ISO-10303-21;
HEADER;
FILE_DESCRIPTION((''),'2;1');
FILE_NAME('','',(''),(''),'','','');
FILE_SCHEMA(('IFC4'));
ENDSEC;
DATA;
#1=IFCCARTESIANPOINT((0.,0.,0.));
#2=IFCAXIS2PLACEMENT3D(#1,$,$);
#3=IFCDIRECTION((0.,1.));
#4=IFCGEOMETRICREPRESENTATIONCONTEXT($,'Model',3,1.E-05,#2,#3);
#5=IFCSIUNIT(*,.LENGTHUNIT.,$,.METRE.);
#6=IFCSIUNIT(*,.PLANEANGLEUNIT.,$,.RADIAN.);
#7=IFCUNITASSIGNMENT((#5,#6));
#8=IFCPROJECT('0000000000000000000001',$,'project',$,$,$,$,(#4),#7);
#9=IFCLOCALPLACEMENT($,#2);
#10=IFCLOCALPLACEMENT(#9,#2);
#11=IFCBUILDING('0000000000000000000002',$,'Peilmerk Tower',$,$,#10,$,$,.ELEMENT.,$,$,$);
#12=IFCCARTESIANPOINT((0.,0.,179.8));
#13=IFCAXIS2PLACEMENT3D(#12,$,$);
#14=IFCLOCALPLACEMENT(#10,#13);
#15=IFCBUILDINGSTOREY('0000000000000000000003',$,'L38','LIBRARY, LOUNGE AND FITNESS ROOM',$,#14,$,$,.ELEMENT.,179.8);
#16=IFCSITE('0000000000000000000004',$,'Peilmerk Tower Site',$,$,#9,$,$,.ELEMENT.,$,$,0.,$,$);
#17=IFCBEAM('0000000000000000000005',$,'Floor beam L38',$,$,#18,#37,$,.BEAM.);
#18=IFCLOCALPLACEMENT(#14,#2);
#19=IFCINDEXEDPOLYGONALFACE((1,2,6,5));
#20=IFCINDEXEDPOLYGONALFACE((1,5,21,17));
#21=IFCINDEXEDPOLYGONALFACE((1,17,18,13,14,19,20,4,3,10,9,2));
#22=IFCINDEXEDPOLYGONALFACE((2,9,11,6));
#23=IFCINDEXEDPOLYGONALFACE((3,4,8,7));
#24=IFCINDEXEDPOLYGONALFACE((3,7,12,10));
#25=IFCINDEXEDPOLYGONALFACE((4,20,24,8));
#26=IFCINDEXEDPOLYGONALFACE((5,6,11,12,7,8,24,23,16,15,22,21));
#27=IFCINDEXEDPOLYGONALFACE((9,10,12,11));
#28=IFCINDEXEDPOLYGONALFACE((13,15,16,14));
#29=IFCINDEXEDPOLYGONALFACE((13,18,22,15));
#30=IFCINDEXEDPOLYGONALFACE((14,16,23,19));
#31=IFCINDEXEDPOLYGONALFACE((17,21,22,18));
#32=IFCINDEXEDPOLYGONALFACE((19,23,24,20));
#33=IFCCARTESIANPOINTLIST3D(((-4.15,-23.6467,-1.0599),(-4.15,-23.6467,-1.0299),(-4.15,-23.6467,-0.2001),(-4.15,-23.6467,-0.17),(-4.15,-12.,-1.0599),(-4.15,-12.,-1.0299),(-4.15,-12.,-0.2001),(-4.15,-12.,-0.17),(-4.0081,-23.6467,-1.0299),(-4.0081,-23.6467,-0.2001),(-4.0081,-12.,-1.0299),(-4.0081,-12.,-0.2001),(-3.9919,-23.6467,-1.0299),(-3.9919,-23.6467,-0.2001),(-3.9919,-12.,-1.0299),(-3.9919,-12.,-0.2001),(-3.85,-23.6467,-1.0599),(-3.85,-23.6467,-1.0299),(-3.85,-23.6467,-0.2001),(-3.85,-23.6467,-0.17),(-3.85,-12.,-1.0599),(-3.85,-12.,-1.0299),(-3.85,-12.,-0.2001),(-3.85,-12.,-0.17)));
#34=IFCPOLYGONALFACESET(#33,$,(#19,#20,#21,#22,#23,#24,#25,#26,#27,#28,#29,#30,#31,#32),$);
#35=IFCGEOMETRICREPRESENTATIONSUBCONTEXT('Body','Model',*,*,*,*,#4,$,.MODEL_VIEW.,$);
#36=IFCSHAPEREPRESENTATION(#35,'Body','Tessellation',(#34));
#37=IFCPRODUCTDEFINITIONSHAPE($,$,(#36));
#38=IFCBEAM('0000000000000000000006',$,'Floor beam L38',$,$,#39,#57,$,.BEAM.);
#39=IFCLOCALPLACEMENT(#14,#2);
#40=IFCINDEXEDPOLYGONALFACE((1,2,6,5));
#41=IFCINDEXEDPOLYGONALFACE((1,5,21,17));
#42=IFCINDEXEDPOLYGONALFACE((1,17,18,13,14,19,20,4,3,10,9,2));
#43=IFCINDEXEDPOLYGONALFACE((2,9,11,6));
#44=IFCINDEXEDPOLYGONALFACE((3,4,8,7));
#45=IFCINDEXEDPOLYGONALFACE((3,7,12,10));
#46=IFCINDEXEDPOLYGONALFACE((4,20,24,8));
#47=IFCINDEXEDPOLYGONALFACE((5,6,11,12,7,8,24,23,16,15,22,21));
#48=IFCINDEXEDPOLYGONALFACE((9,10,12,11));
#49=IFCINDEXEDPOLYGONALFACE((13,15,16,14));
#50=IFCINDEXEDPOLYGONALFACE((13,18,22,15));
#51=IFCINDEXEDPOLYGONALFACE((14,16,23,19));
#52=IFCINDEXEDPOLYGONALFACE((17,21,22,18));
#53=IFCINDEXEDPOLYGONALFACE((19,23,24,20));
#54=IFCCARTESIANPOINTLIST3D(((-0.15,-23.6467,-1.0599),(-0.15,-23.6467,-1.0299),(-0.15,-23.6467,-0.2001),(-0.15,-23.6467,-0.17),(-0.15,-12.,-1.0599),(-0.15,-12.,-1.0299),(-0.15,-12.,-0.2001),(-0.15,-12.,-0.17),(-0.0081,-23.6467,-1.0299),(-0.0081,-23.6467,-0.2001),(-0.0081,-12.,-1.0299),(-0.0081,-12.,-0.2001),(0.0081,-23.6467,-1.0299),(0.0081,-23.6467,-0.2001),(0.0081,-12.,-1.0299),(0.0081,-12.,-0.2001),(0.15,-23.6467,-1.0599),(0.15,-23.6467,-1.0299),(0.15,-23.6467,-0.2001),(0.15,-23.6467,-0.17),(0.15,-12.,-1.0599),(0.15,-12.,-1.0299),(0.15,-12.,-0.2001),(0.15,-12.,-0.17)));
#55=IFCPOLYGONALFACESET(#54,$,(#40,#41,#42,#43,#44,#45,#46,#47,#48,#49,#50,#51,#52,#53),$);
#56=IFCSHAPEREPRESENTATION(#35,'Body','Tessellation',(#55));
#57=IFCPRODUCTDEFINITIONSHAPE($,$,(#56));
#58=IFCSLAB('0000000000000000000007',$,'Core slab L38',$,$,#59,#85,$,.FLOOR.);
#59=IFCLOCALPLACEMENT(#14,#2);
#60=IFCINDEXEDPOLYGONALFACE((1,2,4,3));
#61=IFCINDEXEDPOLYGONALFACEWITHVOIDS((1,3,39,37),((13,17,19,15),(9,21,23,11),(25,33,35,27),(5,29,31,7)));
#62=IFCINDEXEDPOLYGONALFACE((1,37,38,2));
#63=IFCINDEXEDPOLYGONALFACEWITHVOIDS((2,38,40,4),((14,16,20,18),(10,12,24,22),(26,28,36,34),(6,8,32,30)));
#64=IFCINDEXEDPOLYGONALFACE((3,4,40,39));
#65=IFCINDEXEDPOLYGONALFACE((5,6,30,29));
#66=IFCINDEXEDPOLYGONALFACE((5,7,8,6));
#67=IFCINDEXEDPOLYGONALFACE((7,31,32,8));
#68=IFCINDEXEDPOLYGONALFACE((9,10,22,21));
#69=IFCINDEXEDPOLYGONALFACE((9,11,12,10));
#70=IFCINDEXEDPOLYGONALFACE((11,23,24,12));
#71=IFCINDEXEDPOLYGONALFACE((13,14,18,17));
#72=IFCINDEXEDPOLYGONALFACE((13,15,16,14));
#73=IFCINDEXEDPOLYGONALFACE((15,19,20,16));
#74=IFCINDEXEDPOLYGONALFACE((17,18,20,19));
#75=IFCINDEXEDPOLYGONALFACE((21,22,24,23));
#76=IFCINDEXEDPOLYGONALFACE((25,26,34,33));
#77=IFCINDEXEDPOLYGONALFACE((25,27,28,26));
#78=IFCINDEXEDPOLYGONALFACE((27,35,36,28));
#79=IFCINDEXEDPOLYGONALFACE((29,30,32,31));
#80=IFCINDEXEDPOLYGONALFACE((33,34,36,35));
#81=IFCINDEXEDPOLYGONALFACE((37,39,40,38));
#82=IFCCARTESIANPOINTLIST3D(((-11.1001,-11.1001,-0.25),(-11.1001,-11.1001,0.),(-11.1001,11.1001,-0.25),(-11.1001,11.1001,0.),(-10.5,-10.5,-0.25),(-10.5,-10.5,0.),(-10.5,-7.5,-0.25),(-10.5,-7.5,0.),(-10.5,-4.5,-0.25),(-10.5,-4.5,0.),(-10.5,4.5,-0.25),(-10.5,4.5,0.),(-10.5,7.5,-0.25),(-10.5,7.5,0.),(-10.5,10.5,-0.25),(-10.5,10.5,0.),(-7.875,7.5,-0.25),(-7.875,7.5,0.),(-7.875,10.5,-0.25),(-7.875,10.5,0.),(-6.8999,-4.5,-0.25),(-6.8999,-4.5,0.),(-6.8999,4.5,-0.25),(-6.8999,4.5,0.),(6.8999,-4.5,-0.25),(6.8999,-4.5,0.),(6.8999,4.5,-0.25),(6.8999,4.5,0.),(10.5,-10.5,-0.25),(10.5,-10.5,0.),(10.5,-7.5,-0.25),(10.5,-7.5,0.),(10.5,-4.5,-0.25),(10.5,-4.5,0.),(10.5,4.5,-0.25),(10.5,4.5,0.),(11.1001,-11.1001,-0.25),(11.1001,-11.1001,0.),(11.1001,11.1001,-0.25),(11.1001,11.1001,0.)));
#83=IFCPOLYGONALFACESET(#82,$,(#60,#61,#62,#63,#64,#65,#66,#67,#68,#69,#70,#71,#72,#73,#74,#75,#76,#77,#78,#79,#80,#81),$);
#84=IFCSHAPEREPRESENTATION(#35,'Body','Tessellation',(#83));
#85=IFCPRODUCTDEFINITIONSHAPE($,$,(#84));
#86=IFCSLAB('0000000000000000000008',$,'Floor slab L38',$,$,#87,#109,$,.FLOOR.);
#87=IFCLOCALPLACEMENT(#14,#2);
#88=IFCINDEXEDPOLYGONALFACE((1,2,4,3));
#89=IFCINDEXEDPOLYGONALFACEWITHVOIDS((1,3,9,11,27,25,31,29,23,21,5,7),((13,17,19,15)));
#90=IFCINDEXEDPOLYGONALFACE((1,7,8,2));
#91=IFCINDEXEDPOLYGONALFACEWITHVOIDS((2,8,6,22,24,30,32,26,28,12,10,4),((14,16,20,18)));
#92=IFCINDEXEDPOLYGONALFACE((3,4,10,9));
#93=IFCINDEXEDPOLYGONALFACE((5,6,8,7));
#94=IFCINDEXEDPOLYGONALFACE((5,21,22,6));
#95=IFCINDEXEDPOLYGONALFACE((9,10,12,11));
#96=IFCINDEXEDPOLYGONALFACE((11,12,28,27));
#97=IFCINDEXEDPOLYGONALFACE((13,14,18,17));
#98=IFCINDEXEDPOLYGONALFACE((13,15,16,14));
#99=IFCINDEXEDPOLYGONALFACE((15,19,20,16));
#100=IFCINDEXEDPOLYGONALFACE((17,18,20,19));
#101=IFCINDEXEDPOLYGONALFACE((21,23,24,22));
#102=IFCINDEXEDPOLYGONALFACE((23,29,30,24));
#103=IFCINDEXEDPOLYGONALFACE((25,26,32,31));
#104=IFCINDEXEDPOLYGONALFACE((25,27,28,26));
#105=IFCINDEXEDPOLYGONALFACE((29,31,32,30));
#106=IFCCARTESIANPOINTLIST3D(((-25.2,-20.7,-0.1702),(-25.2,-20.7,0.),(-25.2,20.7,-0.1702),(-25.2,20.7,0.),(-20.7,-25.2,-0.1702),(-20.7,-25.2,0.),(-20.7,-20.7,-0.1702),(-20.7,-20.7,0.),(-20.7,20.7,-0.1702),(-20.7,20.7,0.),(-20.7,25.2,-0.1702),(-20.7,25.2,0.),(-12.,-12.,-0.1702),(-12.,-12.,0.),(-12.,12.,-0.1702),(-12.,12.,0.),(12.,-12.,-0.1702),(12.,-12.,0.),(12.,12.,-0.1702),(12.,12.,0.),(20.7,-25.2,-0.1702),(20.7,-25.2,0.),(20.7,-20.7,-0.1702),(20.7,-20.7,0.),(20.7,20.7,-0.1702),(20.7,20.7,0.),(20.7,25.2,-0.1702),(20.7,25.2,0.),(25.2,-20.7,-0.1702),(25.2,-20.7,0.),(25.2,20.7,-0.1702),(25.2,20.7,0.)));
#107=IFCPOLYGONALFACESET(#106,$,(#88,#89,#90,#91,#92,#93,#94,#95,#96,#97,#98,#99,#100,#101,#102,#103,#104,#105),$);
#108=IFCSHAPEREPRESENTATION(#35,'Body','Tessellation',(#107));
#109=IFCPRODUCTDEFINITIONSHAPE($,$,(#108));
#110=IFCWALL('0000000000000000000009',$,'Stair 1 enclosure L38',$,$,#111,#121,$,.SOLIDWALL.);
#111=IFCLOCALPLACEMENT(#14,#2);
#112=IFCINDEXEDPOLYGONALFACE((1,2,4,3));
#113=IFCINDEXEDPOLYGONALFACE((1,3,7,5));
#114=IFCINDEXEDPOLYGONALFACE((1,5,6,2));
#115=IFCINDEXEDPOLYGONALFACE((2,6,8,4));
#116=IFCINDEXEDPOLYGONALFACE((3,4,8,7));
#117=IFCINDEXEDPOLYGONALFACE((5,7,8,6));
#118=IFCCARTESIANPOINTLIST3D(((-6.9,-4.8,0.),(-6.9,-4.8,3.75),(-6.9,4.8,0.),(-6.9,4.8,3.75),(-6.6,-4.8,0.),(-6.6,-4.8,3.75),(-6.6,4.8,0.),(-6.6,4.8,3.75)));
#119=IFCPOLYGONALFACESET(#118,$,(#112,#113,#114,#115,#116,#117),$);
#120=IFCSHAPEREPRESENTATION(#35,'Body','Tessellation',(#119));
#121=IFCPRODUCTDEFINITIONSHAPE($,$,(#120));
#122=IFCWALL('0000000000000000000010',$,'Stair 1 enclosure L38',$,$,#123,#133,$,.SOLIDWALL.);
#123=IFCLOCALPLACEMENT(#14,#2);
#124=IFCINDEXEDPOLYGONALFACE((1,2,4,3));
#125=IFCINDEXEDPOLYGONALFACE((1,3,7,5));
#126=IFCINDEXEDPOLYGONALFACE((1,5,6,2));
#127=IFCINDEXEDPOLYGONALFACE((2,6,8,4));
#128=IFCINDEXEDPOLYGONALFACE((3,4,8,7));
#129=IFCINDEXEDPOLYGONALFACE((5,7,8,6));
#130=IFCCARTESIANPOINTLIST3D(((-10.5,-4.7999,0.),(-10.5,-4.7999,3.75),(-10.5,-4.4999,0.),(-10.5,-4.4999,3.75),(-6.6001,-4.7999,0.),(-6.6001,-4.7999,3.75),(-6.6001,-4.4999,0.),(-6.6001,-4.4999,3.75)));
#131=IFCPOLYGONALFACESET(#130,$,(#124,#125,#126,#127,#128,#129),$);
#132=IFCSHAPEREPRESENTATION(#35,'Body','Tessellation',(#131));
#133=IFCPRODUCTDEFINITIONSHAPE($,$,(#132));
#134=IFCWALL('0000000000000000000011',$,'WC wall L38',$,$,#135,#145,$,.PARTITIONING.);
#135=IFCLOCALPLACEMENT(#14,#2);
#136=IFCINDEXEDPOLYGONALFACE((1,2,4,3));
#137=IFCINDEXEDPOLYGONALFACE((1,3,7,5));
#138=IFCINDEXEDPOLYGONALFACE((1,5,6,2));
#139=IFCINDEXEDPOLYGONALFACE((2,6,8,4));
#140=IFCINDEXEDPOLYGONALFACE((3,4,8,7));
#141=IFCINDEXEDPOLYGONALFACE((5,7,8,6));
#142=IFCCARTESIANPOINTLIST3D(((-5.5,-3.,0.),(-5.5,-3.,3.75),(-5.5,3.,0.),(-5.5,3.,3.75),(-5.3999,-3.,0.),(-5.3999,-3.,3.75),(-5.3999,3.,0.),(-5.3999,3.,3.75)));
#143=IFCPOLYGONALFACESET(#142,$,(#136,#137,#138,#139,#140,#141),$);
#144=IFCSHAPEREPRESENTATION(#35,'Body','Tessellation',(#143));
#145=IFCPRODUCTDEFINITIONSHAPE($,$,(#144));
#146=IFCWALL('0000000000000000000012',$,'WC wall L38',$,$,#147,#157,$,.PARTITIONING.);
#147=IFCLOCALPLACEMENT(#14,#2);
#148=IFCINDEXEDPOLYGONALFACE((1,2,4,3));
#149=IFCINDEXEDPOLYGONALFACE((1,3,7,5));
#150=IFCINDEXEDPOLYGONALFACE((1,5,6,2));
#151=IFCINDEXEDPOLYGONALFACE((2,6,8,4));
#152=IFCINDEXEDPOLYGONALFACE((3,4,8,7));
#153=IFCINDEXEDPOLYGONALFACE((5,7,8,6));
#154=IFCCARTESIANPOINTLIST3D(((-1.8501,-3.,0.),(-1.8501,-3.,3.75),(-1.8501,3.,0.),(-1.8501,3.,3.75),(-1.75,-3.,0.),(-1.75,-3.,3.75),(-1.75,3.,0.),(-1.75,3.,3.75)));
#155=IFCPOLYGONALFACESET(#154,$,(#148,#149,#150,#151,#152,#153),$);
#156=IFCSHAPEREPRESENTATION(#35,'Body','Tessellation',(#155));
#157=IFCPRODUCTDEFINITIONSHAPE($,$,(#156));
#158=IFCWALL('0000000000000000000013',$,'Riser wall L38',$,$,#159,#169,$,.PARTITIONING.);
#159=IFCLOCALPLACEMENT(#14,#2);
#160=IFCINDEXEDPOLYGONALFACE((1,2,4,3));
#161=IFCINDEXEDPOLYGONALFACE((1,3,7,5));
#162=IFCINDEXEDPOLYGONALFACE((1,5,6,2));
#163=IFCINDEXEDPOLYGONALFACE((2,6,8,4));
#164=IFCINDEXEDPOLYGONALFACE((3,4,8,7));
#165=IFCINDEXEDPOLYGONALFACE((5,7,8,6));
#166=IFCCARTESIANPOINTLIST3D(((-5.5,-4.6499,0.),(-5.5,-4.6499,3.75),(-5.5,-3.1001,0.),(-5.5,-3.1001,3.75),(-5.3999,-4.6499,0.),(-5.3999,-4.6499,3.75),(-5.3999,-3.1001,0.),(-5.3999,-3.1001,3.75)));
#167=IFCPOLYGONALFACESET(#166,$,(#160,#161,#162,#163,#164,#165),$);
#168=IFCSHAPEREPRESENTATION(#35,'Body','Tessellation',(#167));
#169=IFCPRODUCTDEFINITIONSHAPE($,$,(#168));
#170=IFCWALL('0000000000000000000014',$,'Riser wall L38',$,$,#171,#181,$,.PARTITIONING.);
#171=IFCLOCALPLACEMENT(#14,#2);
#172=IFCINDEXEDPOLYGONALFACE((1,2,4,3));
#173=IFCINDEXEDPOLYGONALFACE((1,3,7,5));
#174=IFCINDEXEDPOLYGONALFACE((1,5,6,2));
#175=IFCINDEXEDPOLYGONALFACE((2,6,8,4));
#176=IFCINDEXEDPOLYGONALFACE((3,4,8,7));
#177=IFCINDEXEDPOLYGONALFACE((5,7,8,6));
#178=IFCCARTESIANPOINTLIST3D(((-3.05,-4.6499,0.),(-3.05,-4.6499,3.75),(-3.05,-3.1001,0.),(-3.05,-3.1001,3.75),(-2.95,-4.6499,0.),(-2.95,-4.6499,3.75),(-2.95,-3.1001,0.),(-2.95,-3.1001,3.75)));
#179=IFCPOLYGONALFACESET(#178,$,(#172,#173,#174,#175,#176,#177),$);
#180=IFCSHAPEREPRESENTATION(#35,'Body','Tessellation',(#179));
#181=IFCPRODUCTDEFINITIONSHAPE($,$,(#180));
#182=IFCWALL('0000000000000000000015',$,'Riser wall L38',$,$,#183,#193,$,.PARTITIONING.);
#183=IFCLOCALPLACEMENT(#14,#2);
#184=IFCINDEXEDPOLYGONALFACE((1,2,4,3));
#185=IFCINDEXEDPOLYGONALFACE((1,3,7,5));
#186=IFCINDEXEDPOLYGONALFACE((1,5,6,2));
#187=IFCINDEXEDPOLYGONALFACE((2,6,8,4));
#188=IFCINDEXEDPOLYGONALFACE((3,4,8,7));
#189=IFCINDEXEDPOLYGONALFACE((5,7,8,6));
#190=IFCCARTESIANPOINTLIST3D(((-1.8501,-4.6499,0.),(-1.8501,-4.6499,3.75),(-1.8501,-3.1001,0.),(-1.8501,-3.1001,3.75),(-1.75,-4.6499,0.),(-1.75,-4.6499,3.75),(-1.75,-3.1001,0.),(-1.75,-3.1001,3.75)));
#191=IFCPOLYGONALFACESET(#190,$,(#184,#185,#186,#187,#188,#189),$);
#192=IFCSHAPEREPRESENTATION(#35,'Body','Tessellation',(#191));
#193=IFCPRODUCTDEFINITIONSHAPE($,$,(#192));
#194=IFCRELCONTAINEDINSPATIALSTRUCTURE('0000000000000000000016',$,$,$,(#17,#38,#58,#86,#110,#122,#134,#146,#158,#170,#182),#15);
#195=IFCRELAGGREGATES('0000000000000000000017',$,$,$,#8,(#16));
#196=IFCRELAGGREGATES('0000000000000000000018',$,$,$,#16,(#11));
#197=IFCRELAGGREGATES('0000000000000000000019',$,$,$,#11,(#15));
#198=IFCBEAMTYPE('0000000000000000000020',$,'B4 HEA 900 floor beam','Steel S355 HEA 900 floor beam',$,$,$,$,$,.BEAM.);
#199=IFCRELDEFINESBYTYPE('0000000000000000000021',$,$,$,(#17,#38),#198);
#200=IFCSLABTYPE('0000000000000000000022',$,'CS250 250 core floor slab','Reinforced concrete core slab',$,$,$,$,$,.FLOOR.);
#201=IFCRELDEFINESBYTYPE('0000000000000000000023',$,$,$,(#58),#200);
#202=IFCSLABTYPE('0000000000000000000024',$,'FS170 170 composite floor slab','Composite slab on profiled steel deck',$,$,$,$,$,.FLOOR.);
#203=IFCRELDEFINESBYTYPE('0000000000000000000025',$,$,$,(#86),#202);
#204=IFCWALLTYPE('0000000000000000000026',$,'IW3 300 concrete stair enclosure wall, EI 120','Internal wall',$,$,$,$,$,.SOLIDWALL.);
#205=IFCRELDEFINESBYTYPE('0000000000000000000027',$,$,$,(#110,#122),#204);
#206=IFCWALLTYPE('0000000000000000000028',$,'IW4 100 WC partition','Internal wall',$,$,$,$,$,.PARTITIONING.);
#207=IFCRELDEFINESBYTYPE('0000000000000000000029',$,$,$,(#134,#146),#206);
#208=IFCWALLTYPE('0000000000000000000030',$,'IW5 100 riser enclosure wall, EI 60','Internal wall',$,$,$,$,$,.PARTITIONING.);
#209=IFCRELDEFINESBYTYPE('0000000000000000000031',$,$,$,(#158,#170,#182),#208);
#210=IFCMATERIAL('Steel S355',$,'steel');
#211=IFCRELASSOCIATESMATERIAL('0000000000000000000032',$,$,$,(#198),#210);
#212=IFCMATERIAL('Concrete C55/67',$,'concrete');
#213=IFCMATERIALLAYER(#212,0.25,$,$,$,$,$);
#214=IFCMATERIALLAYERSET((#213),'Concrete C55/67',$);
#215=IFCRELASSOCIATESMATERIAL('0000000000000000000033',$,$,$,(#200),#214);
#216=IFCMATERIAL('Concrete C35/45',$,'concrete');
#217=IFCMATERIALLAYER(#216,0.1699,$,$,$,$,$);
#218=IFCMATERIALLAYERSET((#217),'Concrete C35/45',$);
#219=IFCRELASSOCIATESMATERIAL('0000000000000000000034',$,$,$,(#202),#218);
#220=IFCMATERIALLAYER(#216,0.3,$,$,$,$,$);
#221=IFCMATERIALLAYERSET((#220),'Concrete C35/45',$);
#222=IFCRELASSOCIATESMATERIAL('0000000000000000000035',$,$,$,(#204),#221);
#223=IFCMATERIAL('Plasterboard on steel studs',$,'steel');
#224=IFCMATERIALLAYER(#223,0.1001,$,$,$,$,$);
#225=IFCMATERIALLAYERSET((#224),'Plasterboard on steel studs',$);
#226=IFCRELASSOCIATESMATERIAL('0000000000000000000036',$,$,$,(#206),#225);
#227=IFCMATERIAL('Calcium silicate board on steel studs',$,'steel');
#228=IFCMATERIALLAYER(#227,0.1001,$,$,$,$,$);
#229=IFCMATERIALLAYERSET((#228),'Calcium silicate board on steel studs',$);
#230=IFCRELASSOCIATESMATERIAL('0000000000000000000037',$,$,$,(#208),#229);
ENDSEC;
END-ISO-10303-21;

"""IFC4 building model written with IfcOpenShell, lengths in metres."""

from ifc_helpers import new_model, si_unit, direction, frame, frame_2d, origin, origin_2d, place, context, subcontext, project, spatial, polyline, rectangle, i_section, outline, extrude, material, layer, layer_set, material_profile, profile_set, type_object, element, save


model = new_model("IFC4")

# Units and contexts
model_context = context("Model", 3, precision=1e-05, world=origin(), true_north=direction((0.0, 1.0)))
body_context = subcontext(model_context, "Body", "Model", "MODEL_VIEW")
ifc_project = project(units=[si_unit("LENGTHUNIT", "METRE"), si_unit("PLANEANGLEUNIT", "RADIAN")], contexts=[model_context])

# Site, building, storey
site_placement = place(None, origin())
site = spatial("IfcSite", under=ifc_project, at=site_placement, Name="Peilmerk Tower Site", CompositionType="ELEMENT", RefElevation=0.0)
building_placement = place(site_placement, origin())
building = spatial("IfcBuilding", under=site, at=building_placement, Name="Peilmerk Tower", CompositionType="ELEMENT")
storey_placement = place(building_placement, frame((0.0, 0.0, 179.8)))
storey = spatial("IfcBuildingStorey", under=building, at=storey_placement, Name="L38", Description="LIBRARY, LOUNGE AND FITNESS ROOM", CompositionType="ELEMENT", Elevation=179.8)

# Beams
ifc_material_1 = material(Name="Steel S355", Category="steel")
ifc_material_profile = material_profile(ifc_material_1, i_section(OverallWidth=0.3, OverallDepth=0.8899, WebThickness=0.0161, FlangeThickness=0.03, at=origin_2d()), Name="HEA 900")
ifc_profile_set = profile_set([ifc_material_profile], Name="Steel S355")
beam_type = type_object("IfcBeamType", Name="B4 HEA 900 floor beam", Description="Steel S355 HEA 900 floor beam", PredefinedType="BEAM", material=ifc_profile_set)
for number, where, z_axis, x_axis, name in (
    (1, (-4.0, -12.0, -0.615), (0.0, -1.0, 0.0), (1.0, 0.0, 0.0), "Floor beam L38"),
    (2, (0.0, -12.0, -0.615), (0.0, -1.0, 0.0), (1.0, 0.0, 0.0), "Floor beam L38"),
):
    element("IfcBeam", number, at=place(storey_placement, frame(where, z_axis=z_axis, x_axis=x_axis)), inside=storey, type_object=beam_type, Name=name, PredefinedType="BEAM", context=body_context, shape_type="SweptSolid", body=[
        extrude(i_section(OverallWidth=0.3, OverallDepth=0.8899, WebThickness=0.0161, FlangeThickness=0.03, at=origin_2d()), origin(), (0.0, 0.0, 1.0), 11.6467),
    ])

# Slabs
ifc_material_2 = material(Name="Concrete C55/67", Category="concrete")
ifc_layer_1 = layer(ifc_material_2, 0.25)
ifc_layer_set_1 = layer_set([ifc_layer_1], Name="Concrete C55/67")
slab_type_1 = type_object("IfcSlabType", Name="CS250 250 core floor slab", Description="Reinforced concrete core slab", PredefinedType="FLOOR", material=ifc_layer_set_1)
slab_1_placement = place(storey_placement, frame((0.0, 0.0, -0.25)))
element("IfcSlab", 3, at=slab_1_placement, inside=storey, type_object=slab_type_1, Name="Core slab L38", PredefinedType="FLOOR", context=body_context, shape_type="SweptSolid", body=[
    extrude(outline(polyline([(11.1001, 11.1001), (-11.1001, 11.1001), (-11.1001, -11.1001), (11.1001, -11.1001), (11.1001, 11.1001)]), holes=[polyline([(-10.5, 7.5), (-10.5, 10.5), (-7.875, 10.5), (-7.875, 7.5), (-10.5, 7.5)]), polyline([(-10.5, -10.5), (-10.5, -7.5), (10.5, -7.5), (10.5, -10.5), (-10.5, -10.5)]), polyline([(-10.5, 4.5), (-6.8999, 4.5), (-6.8999, -4.5), (-10.5, -4.5), (-10.5, 4.5)]), polyline([(10.5, 4.5), (10.5, -4.5), (6.8999, -4.5), (6.8999, 4.5), (10.5, 4.5)])]), origin(), (0.0, 0.0, 1.0), 0.25),
])
ifc_material_3 = material(Name="Concrete C35/45", Category="concrete")
ifc_layer_2 = layer(ifc_material_3, 0.1699)
ifc_layer_set_2 = layer_set([ifc_layer_2], Name="Concrete C35/45")
slab_type_2 = type_object("IfcSlabType", Name="FS170 170 composite floor slab", Description="Composite slab on profiled steel deck", PredefinedType="FLOOR", material=ifc_layer_set_2)
slab_2_placement = place(storey_placement, frame((0.0, 0.0, -0.1702)))
element("IfcSlab", 4, at=slab_2_placement, inside=storey, type_object=slab_type_2, Name="Floor slab L38", PredefinedType="FLOOR", context=body_context, shape_type="SweptSolid", body=[
    extrude(outline(polyline([(-20.7, -25.2), (20.7, -25.2), (20.7, -20.7), (25.2, -20.7), (25.2, 20.7), (20.7, 20.7), (20.7, 25.2), (-20.7, 25.2), (-20.7, 20.7), (-25.2, 20.7), (-25.2, -20.7), (-20.7, -20.7), (-20.7, -25.2)]), holes=[polyline([(12.0, 12.0), (12.0, -12.0), (-12.0, -12.0), (-12.0, 12.0), (12.0, 12.0)])]), origin(), (0.0, 0.0, 1.0), 0.1702),
])

# Walls
ifc_layer_3 = layer(ifc_material_3, 0.3)
ifc_layer_set_3 = layer_set([ifc_layer_3], Name="Concrete C35/45")
wall_type_1 = type_object("IfcWallType", Name="IW3 300 concrete stair enclosure wall, EI 120", Description="Internal wall", PredefinedType="SOLIDWALL", material=ifc_layer_set_3)
wall_1_placement = place(storey_placement, frame((-6.75, -4.8, 0.0), z_axis=(0.0, 0.0, 1.0), x_axis=(0.0, 1.0, 0.0)))
element("IfcWall", 5, at=wall_1_placement, inside=storey, type_object=wall_type_1, Name="Stair 1 enclosure L38", PredefinedType="SOLIDWALL", context=body_context, shape_type="SweptSolid", body=[
    extrude(rectangle(XDim=9.6001, YDim=0.3, at=frame_2d((4.8, 0.0))), origin(), (0.0, 0.0, 1.0), 3.75),
])
wall_2_placement = place(storey_placement, frame((-6.6001, -4.6499, 0.0), z_axis=(0.0, 0.0, 1.0), x_axis=(-1.0, 0.0, 0.0)))
element("IfcWall", 6, at=wall_2_placement, inside=storey, type_object=wall_type_1, Name="Stair 1 enclosure L38", PredefinedType="SOLIDWALL", context=body_context, shape_type="SweptSolid", body=[
    extrude(rectangle(XDim=3.8999, YDim=0.3, at=frame_2d((1.95, 0.0))), origin(), (0.0, 0.0, 1.0), 3.75),
])
ifc_material_4 = material(Name="Plasterboard on steel studs", Category="steel")
ifc_layer_4 = layer(ifc_material_4, 0.1001)
ifc_layer_set_4 = layer_set([ifc_layer_4], Name="Plasterboard on steel studs")
wall_type_2 = type_object("IfcWallType", Name="IW4 100 WC partition", Description="Internal wall", PredefinedType="PARTITIONING", material=ifc_layer_set_4)
for number, where, z_axis, x_axis, name in (
    (7, (-5.45, -3.0, 0.0), (0.0, 0.0, 1.0), (0.0, 1.0, 0.0), "WC wall L38"),
    (8, (-1.8, -3.0, 0.0), (0.0, 0.0, 1.0), (0.0, 1.0, 0.0), "WC wall L38"),
):
    element("IfcWall", number, at=place(storey_placement, frame(where, z_axis=z_axis, x_axis=x_axis)), inside=storey, type_object=wall_type_2, Name=name, PredefinedType="PARTITIONING", context=body_context, shape_type="SweptSolid", body=[
        extrude(rectangle(XDim=6.0, YDim=0.1001, at=frame_2d((3.0, 0.0))), origin(), (0.0, 0.0, 1.0), 3.75),
    ])
ifc_material_5 = material(Name="Calcium silicate board on steel studs", Category="steel")
ifc_layer_5 = layer(ifc_material_5, 0.1001)
ifc_layer_set_5 = layer_set([ifc_layer_5], Name="Calcium silicate board on steel studs")
wall_type_3 = type_object("IfcWallType", Name="IW5 100 riser enclosure wall, EI 60", Description="Internal wall", PredefinedType="PARTITIONING", material=ifc_layer_set_5)
for number, where, z_axis, x_axis, name in (
    (9, (-5.45, -3.1001, 0.0), (0.0, 0.0, 1.0), (0.0, -1.0, 0.0), "Riser wall L38"),
    (10, (-3.0, -3.1001, 0.0), (0.0, 0.0, 1.0), (0.0, -1.0, 0.0), "Riser wall L38"),
    (11, (-1.8, -3.1001, 0.0), (0.0, 0.0, 1.0), (0.0, -1.0, 0.0), "Riser wall L38"),
):
    element("IfcWall", number, at=place(storey_placement, frame(where, z_axis=z_axis, x_axis=x_axis)), inside=storey, type_object=wall_type_3, Name=name, PredefinedType="PARTITIONING", context=body_context, shape_type="SweptSolid", body=[
        extrude(rectangle(XDim=1.5498, YDim=0.1001, at=frame_2d((0.7749, 0.0))), origin(), (0.0, 0.0, 1.0), 3.75),
    ])

save(model, "model.ifc")
